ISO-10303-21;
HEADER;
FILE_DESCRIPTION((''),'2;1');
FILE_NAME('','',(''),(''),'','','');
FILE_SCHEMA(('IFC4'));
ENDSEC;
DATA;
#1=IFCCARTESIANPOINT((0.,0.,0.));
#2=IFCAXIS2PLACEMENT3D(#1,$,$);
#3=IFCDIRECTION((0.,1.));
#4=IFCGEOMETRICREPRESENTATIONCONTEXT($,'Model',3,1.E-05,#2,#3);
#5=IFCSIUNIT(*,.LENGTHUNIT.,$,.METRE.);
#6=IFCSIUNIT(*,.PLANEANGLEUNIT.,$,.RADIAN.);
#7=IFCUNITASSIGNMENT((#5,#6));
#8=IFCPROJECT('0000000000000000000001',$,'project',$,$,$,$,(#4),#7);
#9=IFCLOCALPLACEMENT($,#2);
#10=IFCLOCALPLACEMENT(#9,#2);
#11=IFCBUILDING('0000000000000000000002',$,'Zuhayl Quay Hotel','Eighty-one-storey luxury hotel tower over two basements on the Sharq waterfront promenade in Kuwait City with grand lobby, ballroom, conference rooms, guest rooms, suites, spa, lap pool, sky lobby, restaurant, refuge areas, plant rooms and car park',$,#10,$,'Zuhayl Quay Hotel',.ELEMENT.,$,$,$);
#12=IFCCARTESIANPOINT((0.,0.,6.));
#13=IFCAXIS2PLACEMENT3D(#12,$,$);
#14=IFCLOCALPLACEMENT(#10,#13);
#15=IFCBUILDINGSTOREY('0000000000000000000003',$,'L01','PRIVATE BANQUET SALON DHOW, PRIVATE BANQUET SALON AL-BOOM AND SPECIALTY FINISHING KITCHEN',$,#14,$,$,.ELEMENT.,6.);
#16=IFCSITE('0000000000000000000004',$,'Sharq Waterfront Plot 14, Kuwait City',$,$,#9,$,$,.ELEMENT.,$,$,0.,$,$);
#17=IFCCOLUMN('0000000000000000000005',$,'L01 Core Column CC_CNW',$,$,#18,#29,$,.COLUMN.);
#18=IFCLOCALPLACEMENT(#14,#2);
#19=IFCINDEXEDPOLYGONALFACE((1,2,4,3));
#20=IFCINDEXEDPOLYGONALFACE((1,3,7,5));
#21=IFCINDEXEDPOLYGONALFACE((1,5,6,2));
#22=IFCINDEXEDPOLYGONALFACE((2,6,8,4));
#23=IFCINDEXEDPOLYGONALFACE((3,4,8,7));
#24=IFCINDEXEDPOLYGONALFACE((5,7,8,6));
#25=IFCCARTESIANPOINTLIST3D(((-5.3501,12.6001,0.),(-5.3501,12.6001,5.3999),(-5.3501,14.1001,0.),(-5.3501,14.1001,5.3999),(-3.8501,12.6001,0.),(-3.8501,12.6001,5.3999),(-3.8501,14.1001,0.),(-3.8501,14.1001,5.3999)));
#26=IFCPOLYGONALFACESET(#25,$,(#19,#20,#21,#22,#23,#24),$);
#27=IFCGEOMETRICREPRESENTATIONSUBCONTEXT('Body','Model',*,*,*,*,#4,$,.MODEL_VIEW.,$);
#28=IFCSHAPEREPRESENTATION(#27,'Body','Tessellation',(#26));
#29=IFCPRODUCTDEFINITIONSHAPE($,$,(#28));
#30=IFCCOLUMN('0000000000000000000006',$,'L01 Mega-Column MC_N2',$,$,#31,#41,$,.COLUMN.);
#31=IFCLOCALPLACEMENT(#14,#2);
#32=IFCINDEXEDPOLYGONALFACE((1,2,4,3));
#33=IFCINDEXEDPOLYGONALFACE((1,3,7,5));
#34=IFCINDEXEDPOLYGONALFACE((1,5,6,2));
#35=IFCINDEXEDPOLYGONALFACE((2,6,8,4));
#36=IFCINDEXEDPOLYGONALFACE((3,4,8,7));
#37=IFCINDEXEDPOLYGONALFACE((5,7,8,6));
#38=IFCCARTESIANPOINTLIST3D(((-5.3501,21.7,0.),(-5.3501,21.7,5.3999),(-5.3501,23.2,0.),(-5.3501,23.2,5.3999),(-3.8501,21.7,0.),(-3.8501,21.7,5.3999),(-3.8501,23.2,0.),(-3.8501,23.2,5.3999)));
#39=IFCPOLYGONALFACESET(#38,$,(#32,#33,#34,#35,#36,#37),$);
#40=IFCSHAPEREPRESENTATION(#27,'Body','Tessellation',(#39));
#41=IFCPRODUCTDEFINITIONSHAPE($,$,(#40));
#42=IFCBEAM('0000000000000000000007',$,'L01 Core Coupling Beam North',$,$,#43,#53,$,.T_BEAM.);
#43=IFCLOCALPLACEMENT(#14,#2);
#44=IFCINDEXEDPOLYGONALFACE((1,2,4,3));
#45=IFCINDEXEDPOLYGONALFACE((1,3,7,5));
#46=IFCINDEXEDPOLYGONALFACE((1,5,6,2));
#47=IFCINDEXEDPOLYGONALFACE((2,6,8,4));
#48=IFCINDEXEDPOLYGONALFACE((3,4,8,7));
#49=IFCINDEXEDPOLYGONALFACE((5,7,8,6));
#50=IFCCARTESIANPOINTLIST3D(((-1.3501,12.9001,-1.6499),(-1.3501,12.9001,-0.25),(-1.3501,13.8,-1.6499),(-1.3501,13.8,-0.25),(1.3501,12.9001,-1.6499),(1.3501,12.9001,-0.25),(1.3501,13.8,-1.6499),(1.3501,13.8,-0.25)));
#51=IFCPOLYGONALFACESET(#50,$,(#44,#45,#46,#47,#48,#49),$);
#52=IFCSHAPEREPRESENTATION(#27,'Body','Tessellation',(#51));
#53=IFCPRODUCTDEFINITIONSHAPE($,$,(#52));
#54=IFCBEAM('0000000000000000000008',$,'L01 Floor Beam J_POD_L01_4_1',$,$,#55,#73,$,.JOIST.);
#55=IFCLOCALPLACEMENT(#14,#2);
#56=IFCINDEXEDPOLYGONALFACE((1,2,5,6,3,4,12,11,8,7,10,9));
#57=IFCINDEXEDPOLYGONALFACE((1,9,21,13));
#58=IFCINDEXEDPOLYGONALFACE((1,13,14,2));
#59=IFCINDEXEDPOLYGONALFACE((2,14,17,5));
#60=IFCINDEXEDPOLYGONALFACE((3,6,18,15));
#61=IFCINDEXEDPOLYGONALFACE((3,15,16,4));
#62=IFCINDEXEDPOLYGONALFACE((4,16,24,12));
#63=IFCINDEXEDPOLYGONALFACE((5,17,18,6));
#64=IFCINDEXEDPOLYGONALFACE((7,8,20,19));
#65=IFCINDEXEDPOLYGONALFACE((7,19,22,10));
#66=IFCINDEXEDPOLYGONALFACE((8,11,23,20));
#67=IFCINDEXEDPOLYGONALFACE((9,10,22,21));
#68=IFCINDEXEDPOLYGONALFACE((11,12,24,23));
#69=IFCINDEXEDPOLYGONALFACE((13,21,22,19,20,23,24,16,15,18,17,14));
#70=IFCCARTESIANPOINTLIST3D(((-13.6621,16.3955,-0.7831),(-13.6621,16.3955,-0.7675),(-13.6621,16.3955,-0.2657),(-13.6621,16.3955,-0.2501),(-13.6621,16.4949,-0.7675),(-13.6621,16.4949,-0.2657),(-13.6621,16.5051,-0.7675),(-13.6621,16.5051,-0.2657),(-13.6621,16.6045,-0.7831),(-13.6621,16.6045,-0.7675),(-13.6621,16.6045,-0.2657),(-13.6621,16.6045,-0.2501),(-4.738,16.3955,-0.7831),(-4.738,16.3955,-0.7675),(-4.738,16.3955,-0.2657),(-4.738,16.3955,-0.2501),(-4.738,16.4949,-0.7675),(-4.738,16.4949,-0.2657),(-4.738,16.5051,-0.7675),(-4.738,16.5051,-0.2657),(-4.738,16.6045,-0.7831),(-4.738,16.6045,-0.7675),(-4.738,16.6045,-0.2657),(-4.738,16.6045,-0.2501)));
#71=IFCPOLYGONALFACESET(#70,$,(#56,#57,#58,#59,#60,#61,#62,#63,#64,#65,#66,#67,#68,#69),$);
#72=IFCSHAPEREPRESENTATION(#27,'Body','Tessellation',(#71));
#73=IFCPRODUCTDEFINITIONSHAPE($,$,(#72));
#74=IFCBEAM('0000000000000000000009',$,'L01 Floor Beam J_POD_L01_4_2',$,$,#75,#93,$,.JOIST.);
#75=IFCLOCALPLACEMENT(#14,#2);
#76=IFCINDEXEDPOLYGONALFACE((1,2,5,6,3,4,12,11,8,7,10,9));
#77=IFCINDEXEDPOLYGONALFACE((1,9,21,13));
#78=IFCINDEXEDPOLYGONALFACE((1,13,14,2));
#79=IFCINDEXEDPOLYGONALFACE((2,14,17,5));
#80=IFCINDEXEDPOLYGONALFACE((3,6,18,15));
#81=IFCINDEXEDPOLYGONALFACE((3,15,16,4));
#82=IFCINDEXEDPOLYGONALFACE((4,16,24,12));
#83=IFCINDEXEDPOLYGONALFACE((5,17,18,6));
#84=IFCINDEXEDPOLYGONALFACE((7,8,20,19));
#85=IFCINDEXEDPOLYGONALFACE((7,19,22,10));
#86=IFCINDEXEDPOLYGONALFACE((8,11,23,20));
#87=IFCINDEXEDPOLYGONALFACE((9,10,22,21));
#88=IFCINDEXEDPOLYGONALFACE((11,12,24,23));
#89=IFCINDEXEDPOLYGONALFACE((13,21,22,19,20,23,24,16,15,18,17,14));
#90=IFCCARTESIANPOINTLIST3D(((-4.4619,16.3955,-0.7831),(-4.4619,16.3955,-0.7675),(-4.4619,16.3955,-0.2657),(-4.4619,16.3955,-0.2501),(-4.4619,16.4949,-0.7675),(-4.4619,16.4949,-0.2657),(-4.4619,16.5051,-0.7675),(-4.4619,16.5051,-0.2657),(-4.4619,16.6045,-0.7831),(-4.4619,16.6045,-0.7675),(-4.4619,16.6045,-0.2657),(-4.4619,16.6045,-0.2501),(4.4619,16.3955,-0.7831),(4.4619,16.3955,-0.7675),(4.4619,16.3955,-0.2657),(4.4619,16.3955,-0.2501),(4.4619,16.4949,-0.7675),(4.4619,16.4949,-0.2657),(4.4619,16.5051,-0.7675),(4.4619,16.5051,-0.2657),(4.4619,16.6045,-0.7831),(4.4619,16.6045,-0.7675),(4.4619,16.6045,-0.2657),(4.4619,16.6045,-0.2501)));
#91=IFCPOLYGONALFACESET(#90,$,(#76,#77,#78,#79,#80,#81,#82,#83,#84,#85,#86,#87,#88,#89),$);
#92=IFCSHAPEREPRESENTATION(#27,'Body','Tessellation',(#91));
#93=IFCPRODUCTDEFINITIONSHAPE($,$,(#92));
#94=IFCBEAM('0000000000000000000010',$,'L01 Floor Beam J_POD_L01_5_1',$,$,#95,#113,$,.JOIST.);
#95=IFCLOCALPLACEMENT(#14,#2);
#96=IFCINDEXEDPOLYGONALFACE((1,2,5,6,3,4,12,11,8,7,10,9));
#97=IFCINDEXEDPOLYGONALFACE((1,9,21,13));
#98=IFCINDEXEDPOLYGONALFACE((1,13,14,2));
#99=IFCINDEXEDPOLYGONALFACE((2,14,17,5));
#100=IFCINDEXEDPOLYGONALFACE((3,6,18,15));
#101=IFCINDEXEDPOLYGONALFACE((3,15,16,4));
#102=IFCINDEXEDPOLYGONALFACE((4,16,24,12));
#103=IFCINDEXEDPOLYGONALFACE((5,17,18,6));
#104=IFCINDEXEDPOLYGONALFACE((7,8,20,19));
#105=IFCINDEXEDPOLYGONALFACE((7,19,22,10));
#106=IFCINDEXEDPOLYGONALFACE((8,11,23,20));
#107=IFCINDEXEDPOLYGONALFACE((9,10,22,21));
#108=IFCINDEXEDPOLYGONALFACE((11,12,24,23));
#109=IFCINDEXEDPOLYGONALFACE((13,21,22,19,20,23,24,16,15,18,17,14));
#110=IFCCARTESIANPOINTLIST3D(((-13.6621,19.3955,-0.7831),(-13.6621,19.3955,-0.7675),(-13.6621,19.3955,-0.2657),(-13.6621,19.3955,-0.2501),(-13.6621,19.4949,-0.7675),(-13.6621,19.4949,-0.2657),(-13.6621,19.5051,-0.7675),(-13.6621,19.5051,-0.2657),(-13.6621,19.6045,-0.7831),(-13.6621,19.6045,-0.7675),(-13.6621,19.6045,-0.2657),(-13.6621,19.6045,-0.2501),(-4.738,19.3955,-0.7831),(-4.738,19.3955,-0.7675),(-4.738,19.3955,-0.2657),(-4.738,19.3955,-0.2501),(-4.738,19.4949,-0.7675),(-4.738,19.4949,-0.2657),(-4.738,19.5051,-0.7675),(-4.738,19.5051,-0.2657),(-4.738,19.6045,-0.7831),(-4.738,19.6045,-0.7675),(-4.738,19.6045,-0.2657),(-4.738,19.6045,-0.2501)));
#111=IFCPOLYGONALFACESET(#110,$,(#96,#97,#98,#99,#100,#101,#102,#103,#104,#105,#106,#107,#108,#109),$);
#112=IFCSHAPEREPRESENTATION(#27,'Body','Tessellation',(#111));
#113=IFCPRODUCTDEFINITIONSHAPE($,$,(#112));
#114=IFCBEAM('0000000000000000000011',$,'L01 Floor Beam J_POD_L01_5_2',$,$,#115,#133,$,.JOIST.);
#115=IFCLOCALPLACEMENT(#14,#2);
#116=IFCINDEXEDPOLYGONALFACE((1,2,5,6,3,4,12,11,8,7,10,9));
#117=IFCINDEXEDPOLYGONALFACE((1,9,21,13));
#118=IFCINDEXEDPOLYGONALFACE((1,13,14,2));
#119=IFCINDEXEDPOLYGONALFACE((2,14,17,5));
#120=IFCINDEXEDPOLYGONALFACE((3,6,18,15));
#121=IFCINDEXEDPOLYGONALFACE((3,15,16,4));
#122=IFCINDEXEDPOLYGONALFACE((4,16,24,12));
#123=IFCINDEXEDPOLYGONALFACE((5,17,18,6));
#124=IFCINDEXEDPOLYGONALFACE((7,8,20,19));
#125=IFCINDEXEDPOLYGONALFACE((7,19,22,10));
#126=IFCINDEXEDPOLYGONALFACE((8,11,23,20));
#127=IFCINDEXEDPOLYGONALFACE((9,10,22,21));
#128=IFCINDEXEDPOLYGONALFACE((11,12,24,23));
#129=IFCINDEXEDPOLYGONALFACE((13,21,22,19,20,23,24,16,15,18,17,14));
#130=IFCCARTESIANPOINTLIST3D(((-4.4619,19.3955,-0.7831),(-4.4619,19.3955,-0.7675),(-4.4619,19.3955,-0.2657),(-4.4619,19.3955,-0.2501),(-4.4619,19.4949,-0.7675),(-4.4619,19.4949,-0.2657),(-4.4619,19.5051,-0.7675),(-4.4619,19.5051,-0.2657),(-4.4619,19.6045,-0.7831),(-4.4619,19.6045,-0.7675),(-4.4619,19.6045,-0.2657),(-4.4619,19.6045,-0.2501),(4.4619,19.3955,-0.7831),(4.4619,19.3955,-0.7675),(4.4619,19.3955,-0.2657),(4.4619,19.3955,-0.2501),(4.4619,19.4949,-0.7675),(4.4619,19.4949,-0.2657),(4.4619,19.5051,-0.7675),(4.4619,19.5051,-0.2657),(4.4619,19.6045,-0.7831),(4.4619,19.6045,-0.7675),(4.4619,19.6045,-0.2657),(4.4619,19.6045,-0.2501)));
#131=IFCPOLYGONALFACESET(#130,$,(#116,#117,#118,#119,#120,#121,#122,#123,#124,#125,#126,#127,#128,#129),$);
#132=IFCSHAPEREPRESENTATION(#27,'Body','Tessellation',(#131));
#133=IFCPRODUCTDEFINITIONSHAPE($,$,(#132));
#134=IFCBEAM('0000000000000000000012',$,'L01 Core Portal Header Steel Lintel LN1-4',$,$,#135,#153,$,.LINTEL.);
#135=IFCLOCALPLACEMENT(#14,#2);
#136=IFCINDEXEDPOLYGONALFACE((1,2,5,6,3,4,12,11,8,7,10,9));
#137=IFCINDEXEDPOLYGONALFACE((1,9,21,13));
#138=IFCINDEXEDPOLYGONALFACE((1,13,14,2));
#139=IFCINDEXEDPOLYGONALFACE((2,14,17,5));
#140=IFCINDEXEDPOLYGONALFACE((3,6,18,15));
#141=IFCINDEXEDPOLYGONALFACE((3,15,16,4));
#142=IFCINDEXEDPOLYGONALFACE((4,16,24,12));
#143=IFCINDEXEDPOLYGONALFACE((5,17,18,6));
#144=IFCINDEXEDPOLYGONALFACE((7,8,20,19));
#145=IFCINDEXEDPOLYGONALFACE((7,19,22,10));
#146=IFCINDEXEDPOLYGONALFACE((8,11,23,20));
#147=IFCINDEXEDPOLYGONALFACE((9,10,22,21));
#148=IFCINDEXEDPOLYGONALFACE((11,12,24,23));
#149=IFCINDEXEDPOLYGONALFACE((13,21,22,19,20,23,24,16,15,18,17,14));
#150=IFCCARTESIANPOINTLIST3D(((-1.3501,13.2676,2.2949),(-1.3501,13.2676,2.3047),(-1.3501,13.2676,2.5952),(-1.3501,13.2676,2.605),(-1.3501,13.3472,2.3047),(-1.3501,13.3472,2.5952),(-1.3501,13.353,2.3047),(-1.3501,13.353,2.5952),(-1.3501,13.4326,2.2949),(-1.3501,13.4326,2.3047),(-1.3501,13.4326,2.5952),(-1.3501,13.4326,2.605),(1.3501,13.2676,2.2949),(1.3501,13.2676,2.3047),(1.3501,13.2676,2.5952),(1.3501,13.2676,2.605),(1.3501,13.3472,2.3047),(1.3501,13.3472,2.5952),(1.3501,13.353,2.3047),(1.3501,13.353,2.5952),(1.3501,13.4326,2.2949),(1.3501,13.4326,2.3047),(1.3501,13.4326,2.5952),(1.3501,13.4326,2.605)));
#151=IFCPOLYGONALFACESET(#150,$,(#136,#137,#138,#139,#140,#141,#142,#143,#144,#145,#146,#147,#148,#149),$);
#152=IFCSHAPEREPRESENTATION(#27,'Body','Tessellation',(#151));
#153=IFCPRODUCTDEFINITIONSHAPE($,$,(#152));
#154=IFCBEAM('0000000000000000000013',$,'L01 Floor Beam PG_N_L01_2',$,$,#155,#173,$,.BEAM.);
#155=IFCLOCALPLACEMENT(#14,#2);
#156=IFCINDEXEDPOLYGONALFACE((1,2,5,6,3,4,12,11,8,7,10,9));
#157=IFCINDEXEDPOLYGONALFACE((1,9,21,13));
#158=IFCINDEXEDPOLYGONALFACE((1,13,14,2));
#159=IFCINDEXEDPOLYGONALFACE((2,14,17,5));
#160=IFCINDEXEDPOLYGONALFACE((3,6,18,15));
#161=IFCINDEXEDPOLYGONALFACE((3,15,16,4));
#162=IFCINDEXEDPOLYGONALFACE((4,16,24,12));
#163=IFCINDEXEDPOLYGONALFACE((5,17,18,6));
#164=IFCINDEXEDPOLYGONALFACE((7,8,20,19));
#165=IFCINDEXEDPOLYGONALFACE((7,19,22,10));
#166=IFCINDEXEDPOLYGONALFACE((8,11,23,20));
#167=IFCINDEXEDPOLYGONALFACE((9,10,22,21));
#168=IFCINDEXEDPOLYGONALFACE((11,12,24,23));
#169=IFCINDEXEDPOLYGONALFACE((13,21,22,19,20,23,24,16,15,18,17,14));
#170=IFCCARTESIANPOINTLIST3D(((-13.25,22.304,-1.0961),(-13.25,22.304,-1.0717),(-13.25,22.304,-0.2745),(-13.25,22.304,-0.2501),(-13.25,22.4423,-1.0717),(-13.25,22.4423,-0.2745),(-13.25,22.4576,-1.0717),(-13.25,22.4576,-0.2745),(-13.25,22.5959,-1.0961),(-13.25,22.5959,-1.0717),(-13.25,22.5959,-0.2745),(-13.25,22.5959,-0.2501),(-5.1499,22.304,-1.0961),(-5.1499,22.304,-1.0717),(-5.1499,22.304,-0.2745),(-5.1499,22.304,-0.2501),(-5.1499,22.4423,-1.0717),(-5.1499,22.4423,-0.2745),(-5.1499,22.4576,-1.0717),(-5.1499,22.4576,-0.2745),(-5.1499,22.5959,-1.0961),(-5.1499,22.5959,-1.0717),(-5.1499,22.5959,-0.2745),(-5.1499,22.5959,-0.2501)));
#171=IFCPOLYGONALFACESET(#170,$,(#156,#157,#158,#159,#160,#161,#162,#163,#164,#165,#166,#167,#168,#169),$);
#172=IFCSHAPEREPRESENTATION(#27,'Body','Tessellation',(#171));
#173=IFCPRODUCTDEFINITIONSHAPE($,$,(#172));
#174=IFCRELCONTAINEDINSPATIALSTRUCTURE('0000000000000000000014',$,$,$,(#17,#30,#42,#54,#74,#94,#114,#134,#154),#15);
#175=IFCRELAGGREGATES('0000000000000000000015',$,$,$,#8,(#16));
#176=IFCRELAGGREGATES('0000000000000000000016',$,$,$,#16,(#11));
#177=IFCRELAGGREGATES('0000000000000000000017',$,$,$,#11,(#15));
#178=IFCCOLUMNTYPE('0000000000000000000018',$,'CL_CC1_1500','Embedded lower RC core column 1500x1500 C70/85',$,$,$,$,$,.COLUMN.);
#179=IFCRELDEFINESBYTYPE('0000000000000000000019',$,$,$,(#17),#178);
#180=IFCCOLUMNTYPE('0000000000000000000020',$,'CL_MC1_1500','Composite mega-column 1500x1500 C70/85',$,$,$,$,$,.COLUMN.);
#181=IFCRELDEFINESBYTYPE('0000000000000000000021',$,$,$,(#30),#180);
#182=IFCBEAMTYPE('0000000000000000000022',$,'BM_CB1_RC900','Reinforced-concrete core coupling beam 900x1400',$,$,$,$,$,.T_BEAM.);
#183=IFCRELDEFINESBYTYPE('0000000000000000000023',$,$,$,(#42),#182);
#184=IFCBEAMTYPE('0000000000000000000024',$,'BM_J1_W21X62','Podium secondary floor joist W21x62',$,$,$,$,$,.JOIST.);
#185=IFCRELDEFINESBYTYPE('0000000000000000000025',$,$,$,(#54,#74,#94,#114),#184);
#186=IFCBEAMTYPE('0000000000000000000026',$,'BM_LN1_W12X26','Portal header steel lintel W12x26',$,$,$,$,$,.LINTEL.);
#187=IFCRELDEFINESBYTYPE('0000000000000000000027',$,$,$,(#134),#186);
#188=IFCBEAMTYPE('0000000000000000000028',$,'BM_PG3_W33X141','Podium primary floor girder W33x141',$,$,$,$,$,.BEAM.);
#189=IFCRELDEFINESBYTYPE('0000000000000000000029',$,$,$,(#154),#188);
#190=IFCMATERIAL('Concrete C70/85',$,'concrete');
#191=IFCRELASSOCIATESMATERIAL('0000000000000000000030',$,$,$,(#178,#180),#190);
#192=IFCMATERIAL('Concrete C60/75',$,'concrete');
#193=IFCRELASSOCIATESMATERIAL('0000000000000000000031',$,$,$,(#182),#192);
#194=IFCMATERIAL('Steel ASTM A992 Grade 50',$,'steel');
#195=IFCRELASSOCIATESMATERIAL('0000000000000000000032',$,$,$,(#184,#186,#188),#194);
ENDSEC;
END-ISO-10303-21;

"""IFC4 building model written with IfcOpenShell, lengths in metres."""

from ifc_helpers import new_model, si_unit, direction, frame, origin, origin_2d, place, context, subcontext, project, spatial, rectangle, i_section, extrude, material, material_profile, profile_set, type_object, element, save


model = new_model("IFC4")

# Units and contexts
model_context = context("Model", 3, precision=1e-05, world=origin(), true_north=direction((0.0, 1.0)))
body_context = subcontext(model_context, "Body", "Model", "MODEL_VIEW")
ifc_project = project(units=[si_unit("LENGTHUNIT", "METRE"), si_unit("PLANEANGLEUNIT", "RADIAN")], contexts=[model_context])

# Site, building, storey
site_placement = place(None, origin())
site = spatial("IfcSite", under=ifc_project, at=site_placement, Name="Sharq Waterfront Plot 14, Kuwait City", CompositionType="ELEMENT", RefElevation=0.0)
building_placement = place(site_placement, origin())
building = spatial("IfcBuilding", under=site, at=building_placement, Name="Zuhayl Quay Hotel", Description="Eighty-one-storey luxury hotel tower over two basements on the Sharq waterfront promenade in Kuwait City with grand lobby, ballroom, conference rooms, guest rooms, suites, spa, lap pool, sky lobby, restaurant, refuge areas, plant rooms and car park", LongName="Zuhayl Quay Hotel", CompositionType="ELEMENT")
storey_placement = place(building_placement, frame((0.0, 0.0, 6.0)))
storey = spatial("IfcBuildingStorey", under=building, at=storey_placement, Name="L01", Description="PRIVATE BANQUET SALON DHOW, PRIVATE BANQUET SALON AL-BOOM AND SPECIALTY FINISHING KITCHEN", CompositionType="ELEMENT", Elevation=6.0)

# Columns
ifc_material_1 = material(Name="Concrete C70/85", Category="concrete")
ifc_material_profile_1 = material_profile(ifc_material_1, rectangle(XDim=1.5, YDim=1.5, at=origin_2d()), Name="RC1500X1500")
ifc_profile_set_1 = profile_set([ifc_material_profile_1], Name="Concrete C70/85")
column_type_1 = type_object("IfcColumnType", Name="CL_CC1_1500", Description="Embedded lower RC core column 1500x1500 C70/85", PredefinedType="COLUMN", material=ifc_profile_set_1)
column_1_placement = place(storey_placement, frame((-4.6001, 13.3501, 0.0), z_axis=(0.0, 0.0, 1.0), x_axis=(1.0, 0.0, 0.0)))
element("IfcColumn", 1, at=column_1_placement, inside=storey, type_object=column_type_1, Name="L01 Core Column CC_CNW", PredefinedType="COLUMN", context=body_context, shape_type="SweptSolid", body=[
    extrude(rectangle(XDim=1.5, YDim=1.5, at=origin_2d()), origin(), (0.0, 0.0, 1.0), 5.3999),
])
ifc_material_profile_2 = material_profile(ifc_material_1, rectangle(XDim=1.5, YDim=1.5, at=origin_2d()), Name="RC1500X1500")
ifc_profile_set_2 = profile_set([ifc_material_profile_2], Name="Concrete C70/85")
column_type_2 = type_object("IfcColumnType", Name="CL_MC1_1500", Description="Composite mega-column 1500x1500 C70/85", PredefinedType="COLUMN", material=ifc_profile_set_2)
column_2_placement = place(storey_placement, frame((-4.6001, 22.45, 0.0), z_axis=(0.0, 0.0, 1.0), x_axis=(1.0, 0.0, 0.0)))
element("IfcColumn", 2, at=column_2_placement, inside=storey, type_object=column_type_2, Name="L01 Mega-Column MC_N2", PredefinedType="COLUMN", context=body_context, shape_type="SweptSolid", body=[
    extrude(rectangle(XDim=1.5, YDim=1.5, at=origin_2d()), origin(), (0.0, 0.0, 1.0), 5.3999),
])

# Beams
ifc_material_2 = material(Name="Concrete C60/75", Category="concrete")
ifc_material_profile_3 = material_profile(ifc_material_2, rectangle(XDim=0.8999, YDim=1.3999, at=origin_2d()), Name="RC900X1400")
ifc_profile_set_3 = profile_set([ifc_material_profile_3], Name="Concrete C60/75")
beam_type_1 = type_object("IfcBeamType", Name="BM_CB1_RC900", Description="Reinforced-concrete core coupling beam 900x1400", PredefinedType="T_BEAM", material=ifc_profile_set_3)
beam_1_placement = place(storey_placement, frame((-1.3501, 13.3501, -0.95), z_axis=(1.0, 0.0, 0.0), x_axis=(0.0, 1.0, 0.0)))
element("IfcBeam", 3, at=beam_1_placement, inside=storey, type_object=beam_type_1, Name="L01 Core Coupling Beam North", PredefinedType="T_BEAM", context=body_context, shape_type="SweptSolid", body=[
    extrude(rectangle(XDim=0.8999, YDim=1.3999, at=origin_2d()), origin(), (0.0, 0.0, 1.0), 2.7002),
])
ifc_material_3 = material(Name="Steel ASTM A992 Grade 50", Category="steel")
ifc_material_profile_4 = material_profile(ifc_material_3, i_section(OverallWidth=0.209, OverallDepth=0.533, WebThickness=0.0103, FlangeThickness=0.0156, at=origin_2d()), Name="W21X62")
ifc_profile_set_4 = profile_set([ifc_material_profile_4], Name="Steel ASTM A992 Grade 50")
beam_type_2 = type_object("IfcBeamType", Name="BM_J1_W21X62", Description="Podium secondary floor joist W21x62", PredefinedType="JOIST", material=ifc_profile_set_4)
beam_2_placement = place(storey_placement, frame((-13.6621, 16.5, -0.5166), z_axis=(1.0, 0.0, 0.0), x_axis=(0.0, 1.0, 0.0)))
element("IfcBeam", 4, at=beam_2_placement, inside=storey, type_object=beam_type_2, Name="L01 Floor Beam J_POD_L01_4_1", PredefinedType="JOIST", context=body_context, shape_type="SweptSolid", body=[
    extrude(i_section(OverallWidth=0.209, OverallDepth=0.533, WebThickness=0.0103, FlangeThickness=0.0156, at=origin_2d()), origin(), (0.0, 0.0, 1.0), 8.9241),
])
beam_3_placement = place(storey_placement, frame((-4.4619, 16.5, -0.5166), z_axis=(1.0, 0.0, 0.0), x_axis=(0.0, 1.0, 0.0)))
element("IfcBeam", 5, at=beam_3_placement, inside=storey, type_object=beam_type_2, Name="L01 Floor Beam J_POD_L01_4_2", PredefinedType="JOIST", context=body_context, shape_type="SweptSolid", body=[
    extrude(i_section(OverallWidth=0.209, OverallDepth=0.533, WebThickness=0.0103, FlangeThickness=0.0156, at=origin_2d()), origin(), (0.0, 0.0, 1.0), 8.9238),
])
beam_4_placement = place(storey_placement, frame((-13.6621, 19.5, -0.5166), z_axis=(1.0, 0.0, 0.0), x_axis=(0.0, 1.0, 0.0)))
element("IfcBeam", 6, at=beam_4_placement, inside=storey, type_object=beam_type_2, Name="L01 Floor Beam J_POD_L01_5_1", PredefinedType="JOIST", context=body_context, shape_type="SweptSolid", body=[
    extrude(i_section(OverallWidth=0.209, OverallDepth=0.533, WebThickness=0.0103, FlangeThickness=0.0156, at=origin_2d()), origin(), (0.0, 0.0, 1.0), 8.9241),
])
beam_5_placement = place(storey_placement, frame((-4.4619, 19.5, -0.5166), z_axis=(1.0, 0.0, 0.0), x_axis=(0.0, 1.0, 0.0)))
element("IfcBeam", 7, at=beam_5_placement, inside=storey, type_object=beam_type_2, Name="L01 Floor Beam J_POD_L01_5_2", PredefinedType="JOIST", context=body_context, shape_type="SweptSolid", body=[
    extrude(i_section(OverallWidth=0.209, OverallDepth=0.533, WebThickness=0.0103, FlangeThickness=0.0156, at=origin_2d()), origin(), (0.0, 0.0, 1.0), 8.9238),
])
ifc_material_profile_5 = material_profile(ifc_material_3, i_section(OverallWidth=0.165, OverallDepth=0.3101, WebThickness=0.0059, FlangeThickness=0.0098, at=origin_2d()), Name="W12X26")
ifc_profile_set_5 = profile_set([ifc_material_profile_5], Name="Steel ASTM A992 Grade 50")
beam_type_3 = type_object("IfcBeamType", Name="BM_LN1_W12X26", Description="Portal header steel lintel W12x26", PredefinedType="LINTEL", material=ifc_profile_set_5)
beam_6_placement = place(storey_placement, frame((-1.3501, 13.3501, 2.45), z_axis=(1.0, 0.0, 0.0), x_axis=(0.0, 1.0, 0.0)))
element("IfcBeam", 8, at=beam_6_placement, inside=storey, type_object=beam_type_3, Name="L01 Core Portal Header Steel Lintel LN1-4", PredefinedType="LINTEL", context=body_context, shape_type="SweptSolid", body=[
    extrude(i_section(OverallWidth=0.165, OverallDepth=0.3101, WebThickness=0.0059, FlangeThickness=0.0098, at=origin_2d()), origin(), (0.0, 0.0, 1.0), 2.7002),
])
ifc_material_profile_6 = material_profile(ifc_material_3, i_section(OverallWidth=0.292, OverallDepth=0.8459, WebThickness=0.0154, FlangeThickness=0.0244, at=origin_2d()), Name="W33X141")
ifc_profile_set_6 = profile_set([ifc_material_profile_6], Name="Steel ASTM A992 Grade 50")
beam_type_4 = type_object("IfcBeamType", Name="BM_PG3_W33X141", Description="Podium primary floor girder W33x141", PredefinedType="BEAM", material=ifc_profile_set_6)
for number, where, z_axis, x_axis, name in (
    (9, (-13.25, 22.45, -0.6731), (1.0, 0.0, 0.0), (0.0, 1.0, 0.0), "L01 Floor Beam PG_N_L01_2"),
):
    element("IfcBeam", number, at=place(storey_placement, frame(where, z_axis=z_axis, x_axis=x_axis)), inside=storey, type_object=beam_type_4, Name=name, PredefinedType="BEAM", context=body_context, shape_type="SweptSolid", body=[
        extrude(i_section(OverallWidth=0.292, OverallDepth=0.8459, WebThickness=0.0154, FlangeThickness=0.0244, at=origin_2d()), origin(), (0.0, 0.0, 1.0), 8.1001),
    ])

save(model, "model.ifc")
